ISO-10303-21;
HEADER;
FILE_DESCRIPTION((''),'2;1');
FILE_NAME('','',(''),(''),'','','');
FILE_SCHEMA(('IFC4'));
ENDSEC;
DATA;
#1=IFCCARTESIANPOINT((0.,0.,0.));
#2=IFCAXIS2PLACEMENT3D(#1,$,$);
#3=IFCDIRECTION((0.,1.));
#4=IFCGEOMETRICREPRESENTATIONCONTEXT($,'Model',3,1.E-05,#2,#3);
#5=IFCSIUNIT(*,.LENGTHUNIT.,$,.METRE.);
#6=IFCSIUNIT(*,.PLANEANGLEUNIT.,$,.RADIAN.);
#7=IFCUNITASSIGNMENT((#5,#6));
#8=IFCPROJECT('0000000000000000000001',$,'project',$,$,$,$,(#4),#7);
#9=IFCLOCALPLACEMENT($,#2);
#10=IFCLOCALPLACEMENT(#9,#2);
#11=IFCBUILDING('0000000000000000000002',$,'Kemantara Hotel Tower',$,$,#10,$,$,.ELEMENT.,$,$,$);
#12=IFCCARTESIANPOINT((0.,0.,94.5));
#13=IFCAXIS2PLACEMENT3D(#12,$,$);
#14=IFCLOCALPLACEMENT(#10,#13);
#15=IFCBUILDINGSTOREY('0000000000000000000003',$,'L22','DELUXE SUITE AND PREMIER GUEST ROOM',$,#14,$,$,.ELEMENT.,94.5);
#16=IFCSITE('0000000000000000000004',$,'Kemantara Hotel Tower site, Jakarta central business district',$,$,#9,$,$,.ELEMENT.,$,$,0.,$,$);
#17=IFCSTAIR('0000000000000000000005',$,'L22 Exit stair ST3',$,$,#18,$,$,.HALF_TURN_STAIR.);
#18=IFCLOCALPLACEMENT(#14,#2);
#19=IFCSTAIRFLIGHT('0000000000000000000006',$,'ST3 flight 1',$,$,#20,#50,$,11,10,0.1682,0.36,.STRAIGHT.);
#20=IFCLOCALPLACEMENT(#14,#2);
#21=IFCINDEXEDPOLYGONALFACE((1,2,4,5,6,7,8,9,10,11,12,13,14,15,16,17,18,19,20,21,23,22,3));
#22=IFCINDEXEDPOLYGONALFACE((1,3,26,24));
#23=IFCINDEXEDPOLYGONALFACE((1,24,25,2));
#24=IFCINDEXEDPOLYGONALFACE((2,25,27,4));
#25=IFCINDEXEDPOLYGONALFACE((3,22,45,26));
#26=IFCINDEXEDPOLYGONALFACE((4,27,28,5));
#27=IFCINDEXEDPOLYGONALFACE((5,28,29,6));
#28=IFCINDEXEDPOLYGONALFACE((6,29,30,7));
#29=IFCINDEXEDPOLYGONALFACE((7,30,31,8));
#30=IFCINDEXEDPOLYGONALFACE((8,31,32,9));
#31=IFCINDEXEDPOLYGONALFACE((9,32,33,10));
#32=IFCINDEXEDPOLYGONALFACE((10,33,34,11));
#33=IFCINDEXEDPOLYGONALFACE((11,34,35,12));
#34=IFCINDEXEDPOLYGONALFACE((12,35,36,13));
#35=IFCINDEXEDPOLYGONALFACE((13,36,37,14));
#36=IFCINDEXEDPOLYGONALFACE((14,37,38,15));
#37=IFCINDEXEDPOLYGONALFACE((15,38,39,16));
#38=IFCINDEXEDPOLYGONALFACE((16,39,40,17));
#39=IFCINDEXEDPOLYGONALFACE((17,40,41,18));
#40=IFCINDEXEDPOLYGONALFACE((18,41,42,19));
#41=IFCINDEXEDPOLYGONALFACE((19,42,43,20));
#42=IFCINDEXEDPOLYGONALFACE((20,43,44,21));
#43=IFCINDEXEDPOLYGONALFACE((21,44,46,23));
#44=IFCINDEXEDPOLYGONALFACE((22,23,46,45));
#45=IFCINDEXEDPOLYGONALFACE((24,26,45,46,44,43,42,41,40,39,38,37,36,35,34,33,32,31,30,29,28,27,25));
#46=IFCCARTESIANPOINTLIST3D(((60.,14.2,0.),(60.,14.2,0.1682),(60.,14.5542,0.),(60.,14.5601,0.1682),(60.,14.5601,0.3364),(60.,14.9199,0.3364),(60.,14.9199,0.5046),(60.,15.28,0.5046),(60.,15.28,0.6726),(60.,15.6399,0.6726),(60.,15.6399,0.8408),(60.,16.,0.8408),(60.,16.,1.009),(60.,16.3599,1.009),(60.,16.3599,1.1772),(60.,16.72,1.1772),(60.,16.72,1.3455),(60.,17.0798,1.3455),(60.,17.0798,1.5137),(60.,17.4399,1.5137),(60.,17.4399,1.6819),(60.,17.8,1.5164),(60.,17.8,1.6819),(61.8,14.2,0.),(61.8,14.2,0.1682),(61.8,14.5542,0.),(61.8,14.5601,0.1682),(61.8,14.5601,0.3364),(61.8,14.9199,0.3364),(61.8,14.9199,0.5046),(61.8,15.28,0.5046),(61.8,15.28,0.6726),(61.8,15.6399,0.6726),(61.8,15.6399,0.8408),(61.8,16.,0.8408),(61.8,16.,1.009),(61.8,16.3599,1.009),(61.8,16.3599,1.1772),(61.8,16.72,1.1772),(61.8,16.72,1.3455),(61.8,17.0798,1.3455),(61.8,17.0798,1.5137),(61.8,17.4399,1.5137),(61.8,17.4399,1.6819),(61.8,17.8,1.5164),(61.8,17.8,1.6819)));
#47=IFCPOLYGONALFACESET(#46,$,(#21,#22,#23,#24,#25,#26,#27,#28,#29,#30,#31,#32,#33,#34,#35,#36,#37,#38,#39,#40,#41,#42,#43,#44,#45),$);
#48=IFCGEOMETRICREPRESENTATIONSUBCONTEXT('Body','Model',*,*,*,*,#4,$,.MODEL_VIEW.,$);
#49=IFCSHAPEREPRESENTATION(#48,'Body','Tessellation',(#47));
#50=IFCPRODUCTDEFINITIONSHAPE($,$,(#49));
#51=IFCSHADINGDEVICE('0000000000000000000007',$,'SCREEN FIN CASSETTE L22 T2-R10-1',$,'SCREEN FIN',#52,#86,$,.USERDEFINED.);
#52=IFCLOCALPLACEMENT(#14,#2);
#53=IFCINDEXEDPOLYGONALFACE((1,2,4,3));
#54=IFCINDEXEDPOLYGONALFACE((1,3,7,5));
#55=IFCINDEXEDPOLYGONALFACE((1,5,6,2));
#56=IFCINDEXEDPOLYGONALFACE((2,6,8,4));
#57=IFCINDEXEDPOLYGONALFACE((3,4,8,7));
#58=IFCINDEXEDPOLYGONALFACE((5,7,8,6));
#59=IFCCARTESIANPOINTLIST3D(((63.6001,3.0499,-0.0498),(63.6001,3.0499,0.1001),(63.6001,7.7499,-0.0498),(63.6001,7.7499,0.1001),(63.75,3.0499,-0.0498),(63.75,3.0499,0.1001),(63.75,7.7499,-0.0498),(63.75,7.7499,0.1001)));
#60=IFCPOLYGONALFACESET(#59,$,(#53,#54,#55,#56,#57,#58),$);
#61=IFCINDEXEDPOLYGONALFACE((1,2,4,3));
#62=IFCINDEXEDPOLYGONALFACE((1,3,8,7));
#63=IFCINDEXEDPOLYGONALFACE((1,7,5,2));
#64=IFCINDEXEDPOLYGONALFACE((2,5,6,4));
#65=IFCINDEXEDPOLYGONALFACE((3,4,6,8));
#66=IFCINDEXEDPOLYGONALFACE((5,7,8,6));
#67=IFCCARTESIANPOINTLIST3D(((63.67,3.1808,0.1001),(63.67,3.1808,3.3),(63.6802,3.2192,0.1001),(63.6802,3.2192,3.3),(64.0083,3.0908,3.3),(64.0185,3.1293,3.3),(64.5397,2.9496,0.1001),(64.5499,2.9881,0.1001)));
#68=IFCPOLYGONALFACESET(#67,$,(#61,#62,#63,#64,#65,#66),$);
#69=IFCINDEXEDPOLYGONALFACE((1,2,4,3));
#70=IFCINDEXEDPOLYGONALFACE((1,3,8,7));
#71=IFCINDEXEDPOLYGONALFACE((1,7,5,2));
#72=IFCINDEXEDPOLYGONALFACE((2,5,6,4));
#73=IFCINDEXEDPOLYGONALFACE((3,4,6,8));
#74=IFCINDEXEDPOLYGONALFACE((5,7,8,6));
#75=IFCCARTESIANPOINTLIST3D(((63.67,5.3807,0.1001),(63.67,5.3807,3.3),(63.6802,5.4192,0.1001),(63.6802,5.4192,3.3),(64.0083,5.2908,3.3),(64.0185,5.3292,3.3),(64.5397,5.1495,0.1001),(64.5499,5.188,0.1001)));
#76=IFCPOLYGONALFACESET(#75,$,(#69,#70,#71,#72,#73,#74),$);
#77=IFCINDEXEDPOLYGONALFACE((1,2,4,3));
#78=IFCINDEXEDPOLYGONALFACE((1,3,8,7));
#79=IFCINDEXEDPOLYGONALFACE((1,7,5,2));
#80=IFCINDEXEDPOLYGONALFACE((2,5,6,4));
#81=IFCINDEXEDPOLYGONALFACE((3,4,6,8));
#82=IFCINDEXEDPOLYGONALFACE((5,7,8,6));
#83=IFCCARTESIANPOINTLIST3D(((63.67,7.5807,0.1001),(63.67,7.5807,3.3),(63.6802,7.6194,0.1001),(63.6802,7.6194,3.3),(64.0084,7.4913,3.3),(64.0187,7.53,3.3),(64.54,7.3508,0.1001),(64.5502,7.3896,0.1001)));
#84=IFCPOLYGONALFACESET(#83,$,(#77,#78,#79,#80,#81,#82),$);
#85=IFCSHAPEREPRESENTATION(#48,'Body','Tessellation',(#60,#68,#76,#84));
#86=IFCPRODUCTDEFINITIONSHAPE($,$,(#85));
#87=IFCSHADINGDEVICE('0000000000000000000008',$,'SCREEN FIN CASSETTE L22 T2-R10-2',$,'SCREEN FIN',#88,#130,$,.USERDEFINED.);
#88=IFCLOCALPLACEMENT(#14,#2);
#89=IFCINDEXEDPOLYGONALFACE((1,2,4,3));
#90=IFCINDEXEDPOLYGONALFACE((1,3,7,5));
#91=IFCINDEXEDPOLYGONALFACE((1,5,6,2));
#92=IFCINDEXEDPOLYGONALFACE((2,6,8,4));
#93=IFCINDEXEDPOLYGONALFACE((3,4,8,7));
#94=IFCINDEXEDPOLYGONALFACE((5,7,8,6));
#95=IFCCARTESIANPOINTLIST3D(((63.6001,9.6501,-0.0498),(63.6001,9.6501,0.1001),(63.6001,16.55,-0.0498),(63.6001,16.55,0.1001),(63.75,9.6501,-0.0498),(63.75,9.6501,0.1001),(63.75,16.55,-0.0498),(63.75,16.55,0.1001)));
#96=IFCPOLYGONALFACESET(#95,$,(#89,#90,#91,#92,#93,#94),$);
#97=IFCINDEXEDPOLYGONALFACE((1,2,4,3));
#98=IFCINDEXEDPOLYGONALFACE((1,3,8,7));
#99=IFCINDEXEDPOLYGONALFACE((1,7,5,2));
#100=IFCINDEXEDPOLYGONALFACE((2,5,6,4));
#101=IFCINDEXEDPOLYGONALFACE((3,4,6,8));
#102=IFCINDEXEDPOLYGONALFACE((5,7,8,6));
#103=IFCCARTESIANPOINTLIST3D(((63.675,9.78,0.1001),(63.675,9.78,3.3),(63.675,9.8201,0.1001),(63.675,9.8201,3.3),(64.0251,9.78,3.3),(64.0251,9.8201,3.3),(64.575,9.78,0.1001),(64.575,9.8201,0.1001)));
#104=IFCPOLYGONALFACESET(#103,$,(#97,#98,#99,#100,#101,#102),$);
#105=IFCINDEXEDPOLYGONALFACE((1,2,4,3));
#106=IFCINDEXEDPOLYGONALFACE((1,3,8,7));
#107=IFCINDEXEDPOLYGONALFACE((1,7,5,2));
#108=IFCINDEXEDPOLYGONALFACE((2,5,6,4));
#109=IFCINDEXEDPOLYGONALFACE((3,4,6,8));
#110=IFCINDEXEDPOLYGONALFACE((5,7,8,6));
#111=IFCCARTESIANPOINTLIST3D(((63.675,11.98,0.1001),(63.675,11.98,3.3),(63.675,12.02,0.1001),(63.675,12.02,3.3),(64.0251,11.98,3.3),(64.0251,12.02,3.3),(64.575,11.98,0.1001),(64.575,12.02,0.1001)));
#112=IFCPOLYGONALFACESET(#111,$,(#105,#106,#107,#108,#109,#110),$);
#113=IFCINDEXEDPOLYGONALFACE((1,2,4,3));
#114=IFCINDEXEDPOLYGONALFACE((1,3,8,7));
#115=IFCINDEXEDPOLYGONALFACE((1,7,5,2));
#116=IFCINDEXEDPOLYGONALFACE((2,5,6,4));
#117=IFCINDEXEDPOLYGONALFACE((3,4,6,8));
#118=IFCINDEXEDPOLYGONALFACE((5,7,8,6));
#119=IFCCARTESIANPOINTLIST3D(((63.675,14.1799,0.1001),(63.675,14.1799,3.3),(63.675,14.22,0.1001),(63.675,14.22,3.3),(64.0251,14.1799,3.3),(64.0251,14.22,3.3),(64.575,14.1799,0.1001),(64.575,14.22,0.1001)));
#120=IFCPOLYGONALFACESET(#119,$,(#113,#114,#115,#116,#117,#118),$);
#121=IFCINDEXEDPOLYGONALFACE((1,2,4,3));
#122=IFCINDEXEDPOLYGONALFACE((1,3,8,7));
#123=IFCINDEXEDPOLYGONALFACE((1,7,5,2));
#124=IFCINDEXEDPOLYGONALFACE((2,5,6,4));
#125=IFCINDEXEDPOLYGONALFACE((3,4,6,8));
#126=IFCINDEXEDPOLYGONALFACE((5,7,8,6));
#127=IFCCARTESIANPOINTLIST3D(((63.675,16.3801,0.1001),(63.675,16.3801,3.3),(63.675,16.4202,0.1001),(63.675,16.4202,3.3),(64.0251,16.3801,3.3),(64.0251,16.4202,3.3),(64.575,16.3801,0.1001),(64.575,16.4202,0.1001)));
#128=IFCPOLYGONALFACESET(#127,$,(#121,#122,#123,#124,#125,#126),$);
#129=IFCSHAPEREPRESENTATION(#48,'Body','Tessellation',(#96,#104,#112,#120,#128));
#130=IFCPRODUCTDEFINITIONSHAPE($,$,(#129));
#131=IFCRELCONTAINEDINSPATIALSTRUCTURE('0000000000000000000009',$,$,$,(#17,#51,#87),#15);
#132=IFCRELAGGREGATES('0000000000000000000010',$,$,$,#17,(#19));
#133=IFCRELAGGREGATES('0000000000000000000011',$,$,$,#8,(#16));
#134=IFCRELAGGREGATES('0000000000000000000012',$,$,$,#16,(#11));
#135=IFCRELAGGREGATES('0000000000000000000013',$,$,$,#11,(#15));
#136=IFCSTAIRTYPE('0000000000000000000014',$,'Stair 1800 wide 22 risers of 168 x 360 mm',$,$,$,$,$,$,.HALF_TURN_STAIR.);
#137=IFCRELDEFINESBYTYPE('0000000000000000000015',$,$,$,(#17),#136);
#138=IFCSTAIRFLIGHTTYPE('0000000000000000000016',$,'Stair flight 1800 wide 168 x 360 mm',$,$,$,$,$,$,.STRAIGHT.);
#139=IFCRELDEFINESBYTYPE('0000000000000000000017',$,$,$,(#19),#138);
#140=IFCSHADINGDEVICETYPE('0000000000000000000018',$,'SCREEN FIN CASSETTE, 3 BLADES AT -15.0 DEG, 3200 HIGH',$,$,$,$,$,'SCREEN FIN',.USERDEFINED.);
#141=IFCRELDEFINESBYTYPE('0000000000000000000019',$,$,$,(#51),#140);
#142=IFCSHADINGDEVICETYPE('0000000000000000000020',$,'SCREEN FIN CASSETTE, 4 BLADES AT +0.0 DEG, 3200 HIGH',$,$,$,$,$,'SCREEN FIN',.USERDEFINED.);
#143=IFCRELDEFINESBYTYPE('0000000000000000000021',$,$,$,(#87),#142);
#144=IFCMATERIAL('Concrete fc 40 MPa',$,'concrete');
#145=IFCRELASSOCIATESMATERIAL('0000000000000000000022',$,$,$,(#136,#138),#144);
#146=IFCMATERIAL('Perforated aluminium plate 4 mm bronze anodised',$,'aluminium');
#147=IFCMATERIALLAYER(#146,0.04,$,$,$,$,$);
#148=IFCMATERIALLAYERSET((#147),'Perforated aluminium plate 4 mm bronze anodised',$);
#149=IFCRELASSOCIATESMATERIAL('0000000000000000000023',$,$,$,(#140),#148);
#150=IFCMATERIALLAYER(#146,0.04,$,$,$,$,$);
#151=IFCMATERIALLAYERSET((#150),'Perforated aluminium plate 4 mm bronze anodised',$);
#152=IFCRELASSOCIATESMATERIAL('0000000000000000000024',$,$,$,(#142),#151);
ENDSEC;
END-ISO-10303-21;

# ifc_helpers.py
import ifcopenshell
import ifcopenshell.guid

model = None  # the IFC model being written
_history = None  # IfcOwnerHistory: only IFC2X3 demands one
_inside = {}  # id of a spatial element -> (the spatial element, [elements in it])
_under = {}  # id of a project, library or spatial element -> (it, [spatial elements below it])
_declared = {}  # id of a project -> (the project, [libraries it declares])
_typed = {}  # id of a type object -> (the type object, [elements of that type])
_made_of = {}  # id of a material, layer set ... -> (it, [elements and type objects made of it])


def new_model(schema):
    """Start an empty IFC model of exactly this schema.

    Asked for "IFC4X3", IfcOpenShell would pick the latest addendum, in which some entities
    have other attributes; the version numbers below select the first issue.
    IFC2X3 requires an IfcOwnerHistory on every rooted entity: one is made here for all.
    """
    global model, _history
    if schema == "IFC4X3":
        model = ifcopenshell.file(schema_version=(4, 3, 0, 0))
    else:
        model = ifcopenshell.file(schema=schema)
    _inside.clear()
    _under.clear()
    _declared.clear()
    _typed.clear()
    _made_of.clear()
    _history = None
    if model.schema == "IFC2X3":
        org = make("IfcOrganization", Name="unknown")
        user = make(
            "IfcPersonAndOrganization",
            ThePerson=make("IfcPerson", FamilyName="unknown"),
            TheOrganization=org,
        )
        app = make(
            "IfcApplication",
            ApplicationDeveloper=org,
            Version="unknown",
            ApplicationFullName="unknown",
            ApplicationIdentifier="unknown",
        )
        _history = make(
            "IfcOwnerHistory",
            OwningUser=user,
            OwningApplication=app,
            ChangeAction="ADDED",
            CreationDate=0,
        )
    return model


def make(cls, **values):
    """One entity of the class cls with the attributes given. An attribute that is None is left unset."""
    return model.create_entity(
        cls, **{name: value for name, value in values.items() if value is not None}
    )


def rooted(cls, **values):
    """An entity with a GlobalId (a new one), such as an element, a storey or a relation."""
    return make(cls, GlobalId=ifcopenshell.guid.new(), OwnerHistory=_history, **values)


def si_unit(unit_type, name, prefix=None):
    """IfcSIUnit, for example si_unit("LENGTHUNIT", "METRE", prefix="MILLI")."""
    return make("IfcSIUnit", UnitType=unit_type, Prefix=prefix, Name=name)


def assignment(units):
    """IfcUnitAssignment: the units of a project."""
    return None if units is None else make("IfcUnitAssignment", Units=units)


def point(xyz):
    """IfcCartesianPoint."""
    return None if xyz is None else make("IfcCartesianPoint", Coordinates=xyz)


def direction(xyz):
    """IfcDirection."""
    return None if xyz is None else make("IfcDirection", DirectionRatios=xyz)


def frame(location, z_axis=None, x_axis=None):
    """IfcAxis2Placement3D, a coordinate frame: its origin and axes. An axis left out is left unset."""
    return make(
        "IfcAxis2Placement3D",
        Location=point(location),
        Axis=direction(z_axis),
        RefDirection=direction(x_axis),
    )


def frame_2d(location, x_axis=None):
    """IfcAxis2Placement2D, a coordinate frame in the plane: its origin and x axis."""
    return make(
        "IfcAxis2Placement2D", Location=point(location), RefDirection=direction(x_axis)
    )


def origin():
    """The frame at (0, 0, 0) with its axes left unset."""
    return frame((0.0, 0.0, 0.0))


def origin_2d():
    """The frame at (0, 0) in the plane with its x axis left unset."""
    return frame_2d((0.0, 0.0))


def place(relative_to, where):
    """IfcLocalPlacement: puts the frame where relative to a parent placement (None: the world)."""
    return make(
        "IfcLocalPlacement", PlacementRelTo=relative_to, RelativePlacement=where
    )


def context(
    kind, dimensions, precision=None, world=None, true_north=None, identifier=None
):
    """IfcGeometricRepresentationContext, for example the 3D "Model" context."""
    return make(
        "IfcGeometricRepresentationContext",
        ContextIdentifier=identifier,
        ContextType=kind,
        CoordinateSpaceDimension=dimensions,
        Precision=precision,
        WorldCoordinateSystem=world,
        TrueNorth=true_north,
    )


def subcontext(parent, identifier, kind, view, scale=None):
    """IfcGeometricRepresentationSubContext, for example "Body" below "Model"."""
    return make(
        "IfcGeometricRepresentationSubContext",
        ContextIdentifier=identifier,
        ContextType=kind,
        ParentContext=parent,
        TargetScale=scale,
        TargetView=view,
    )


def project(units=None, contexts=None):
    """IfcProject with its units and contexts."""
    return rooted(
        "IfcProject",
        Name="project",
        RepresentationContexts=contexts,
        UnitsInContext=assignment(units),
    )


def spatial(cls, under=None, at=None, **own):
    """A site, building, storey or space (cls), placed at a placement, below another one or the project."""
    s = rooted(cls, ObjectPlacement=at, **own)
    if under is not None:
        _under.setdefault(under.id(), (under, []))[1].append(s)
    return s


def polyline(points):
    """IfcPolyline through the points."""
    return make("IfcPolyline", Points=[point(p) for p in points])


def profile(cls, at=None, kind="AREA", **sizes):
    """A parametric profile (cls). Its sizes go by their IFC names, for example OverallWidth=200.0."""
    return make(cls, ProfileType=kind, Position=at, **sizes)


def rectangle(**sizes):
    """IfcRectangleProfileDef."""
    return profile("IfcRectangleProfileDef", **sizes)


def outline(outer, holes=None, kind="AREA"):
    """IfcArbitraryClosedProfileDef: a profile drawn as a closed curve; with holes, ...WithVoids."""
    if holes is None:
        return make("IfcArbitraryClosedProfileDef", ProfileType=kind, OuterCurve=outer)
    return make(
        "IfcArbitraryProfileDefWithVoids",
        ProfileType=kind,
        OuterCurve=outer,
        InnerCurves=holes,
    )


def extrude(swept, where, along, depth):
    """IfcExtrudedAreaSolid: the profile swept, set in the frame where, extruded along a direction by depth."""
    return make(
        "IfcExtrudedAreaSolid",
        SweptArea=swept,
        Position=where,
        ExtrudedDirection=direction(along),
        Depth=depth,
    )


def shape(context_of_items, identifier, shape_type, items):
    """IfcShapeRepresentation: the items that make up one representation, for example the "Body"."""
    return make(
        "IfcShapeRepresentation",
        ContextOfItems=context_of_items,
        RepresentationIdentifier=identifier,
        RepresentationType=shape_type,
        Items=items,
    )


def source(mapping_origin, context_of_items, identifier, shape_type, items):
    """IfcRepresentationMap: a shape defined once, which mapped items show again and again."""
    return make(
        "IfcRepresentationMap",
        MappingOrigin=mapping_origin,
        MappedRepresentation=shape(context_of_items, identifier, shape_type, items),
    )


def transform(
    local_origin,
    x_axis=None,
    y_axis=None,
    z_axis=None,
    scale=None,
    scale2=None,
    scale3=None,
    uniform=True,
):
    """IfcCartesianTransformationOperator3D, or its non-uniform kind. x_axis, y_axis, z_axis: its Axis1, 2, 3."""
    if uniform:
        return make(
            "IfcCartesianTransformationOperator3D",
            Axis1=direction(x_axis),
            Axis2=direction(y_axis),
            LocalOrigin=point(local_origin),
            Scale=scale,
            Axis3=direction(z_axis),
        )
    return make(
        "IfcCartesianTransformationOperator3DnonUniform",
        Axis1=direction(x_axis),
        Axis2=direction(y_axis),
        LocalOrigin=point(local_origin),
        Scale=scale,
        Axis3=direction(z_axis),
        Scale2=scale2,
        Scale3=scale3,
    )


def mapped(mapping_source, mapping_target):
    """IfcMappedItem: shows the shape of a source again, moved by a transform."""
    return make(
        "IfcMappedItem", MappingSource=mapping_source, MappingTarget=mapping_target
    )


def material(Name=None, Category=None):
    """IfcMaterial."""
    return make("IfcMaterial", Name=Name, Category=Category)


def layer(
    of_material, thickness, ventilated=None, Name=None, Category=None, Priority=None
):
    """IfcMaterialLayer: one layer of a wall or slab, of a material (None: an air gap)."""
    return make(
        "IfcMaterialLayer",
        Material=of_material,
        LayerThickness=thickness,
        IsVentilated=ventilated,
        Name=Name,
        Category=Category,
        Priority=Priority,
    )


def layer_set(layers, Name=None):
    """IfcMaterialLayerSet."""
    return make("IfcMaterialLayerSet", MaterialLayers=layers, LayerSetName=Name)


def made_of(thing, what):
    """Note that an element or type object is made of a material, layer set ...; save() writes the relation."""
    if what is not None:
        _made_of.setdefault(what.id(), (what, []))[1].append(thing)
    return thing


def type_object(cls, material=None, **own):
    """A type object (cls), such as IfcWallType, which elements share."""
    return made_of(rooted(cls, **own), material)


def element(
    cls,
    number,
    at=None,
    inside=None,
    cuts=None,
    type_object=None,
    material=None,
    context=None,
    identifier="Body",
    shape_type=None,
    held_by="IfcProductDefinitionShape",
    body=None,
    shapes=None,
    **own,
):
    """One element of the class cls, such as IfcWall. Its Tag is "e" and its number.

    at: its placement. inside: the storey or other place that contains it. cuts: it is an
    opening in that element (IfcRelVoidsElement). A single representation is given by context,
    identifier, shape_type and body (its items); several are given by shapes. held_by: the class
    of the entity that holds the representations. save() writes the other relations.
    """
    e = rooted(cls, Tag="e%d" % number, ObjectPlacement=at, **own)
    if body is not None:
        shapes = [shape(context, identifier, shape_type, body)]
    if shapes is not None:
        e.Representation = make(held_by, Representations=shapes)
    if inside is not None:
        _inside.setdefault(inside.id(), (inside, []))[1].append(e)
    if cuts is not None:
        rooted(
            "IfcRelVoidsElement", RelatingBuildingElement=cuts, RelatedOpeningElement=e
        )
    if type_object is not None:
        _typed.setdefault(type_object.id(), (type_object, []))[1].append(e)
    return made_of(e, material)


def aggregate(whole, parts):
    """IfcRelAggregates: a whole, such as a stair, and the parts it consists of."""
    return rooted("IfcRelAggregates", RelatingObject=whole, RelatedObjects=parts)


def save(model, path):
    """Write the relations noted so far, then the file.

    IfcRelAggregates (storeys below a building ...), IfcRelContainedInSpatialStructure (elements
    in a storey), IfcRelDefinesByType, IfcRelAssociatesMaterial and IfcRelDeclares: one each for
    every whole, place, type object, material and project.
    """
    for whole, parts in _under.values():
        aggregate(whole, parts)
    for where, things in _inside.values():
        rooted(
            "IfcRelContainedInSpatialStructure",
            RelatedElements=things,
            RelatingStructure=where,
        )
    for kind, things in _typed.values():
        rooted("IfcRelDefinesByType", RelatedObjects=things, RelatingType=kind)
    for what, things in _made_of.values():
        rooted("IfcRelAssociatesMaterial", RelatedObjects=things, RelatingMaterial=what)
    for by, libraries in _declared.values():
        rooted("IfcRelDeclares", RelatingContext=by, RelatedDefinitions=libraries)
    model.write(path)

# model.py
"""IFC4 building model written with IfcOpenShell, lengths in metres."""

from ifc_helpers import new_model, si_unit, direction, frame, origin, origin_2d, place, context, subcontext, project, spatial, polyline, rectangle, outline, extrude, source, transform, mapped, material, layer, layer_set, type_object, element, aggregate, save


model = new_model("IFC4")

# Units and contexts
model_context = context("Model", 3, precision=1e-05, world=origin(), true_north=direction((0.0, 1.0)))
body_context = subcontext(model_context, "Body", "Model", "MODEL_VIEW")
ifc_project = project(units=[si_unit("LENGTHUNIT", "METRE"), si_unit("PLANEANGLEUNIT", "RADIAN")], contexts=[model_context])

# Site, building, storey
site_placement = place(None, origin())
site = spatial("IfcSite", under=ifc_project, at=site_placement, Name="Kemantara Hotel Tower site, Jakarta central business district", CompositionType="ELEMENT", RefElevation=0.0)
building_placement = place(site_placement, origin())
building = spatial("IfcBuilding", under=site, at=building_placement, Name="Kemantara Hotel Tower", CompositionType="ELEMENT")
storey_placement = place(building_placement, frame((0.0, 0.0, 94.5)))
storey = spatial("IfcBuildingStorey", under=building, at=storey_placement, Name="L22", Description="DELUXE SUITE AND PREMIER GUEST ROOM", CompositionType="ELEMENT", Elevation=94.5)

# Shared definitions
ifc_material_1 = material(Name="Concrete fc 40 MPa", Category="concrete")

# Stair, stair flight
stair_type = type_object("IfcStairType", Name="Stair 1800 wide 22 risers of 168 x 360 mm", PredefinedType="HALF_TURN_STAIR", material=ifc_material_1)
stair_placement = place(storey_placement, origin())
stair = element("IfcStair", 1, at=stair_placement, inside=storey, type_object=stair_type, Name="L22 Exit stair ST3", PredefinedType="HALF_TURN_STAIR")
stair_flight_type = type_object("IfcStairFlightType", Name="Stair flight 1800 wide 168 x 360 mm", PredefinedType="STRAIGHT", material=ifc_material_1)
stair_flight_placement = place(storey_placement, frame((60.8999, 14.2, 0.0), z_axis=(0.0, 0.0, 1.0), x_axis=(0.0, 1.0, 0.0)))
stair_flight = element("IfcStairFlight", 2, at=stair_flight_placement, type_object=stair_flight_type, Name="ST3 flight 1", NumberOfRisers=11, NumberOfTreads=10, PredefinedType="STRAIGHT", RiserHeight=0.1682, TreadLength=0.36, context=body_context, shape_type="SweptSolid", body=[
    extrude(outline(polyline([(0.0, 0.0), (0.0, 0.1682), (0.3601, 0.1682), (0.3601, 0.3364), (0.72, 0.3364), (0.72, 0.5046), (1.0801, 0.5046), (1.0801, 0.6726), (1.4399, 0.6726), (1.4399, 0.8408), (1.8, 0.8408), (1.8, 1.009), (2.1599, 1.009), (2.1599, 1.1772), (2.52, 1.1772), (2.52, 1.3455), (2.8799, 1.3455), (2.8799, 1.5137), (3.24, 1.5137), (3.24, 1.6819), (3.6001, 1.6819), (3.6001, 1.8501), (3.6001, 1.5164), (0.3542, 0.0), (0.0, 0.0)])), frame((0.0, 0.8999, 0.0), z_axis=(0.0, -1.0, 0.0), x_axis=(1.0, 0.0, 0.0)), (0.0, 0.0, 1.0), 1.8),
])
aggregate(stair, [stair_flight])

# Shading devices
ifc_material_2 = material(Name="Perforated aluminium plate 4 mm bronze anodised", Category="aluminium")
ifc_layer_1 = layer(ifc_material_2, 0.04)
ifc_layer_set_1 = layer_set([ifc_layer_1], Name="Perforated aluminium plate 4 mm bronze anodised")
shading_device_type_1 = type_object("IfcShadingDeviceType", Name="SCREEN FIN CASSETTE, 3 BLADES AT -15.0 DEG, 3200 HIGH", ElementType="SCREEN FIN", PredefinedType="USERDEFINED", material=ifc_layer_set_1)
shared_shape_1 = source(origin(), body_context, "Body", "SweptSolid", [
    extrude(rectangle(XDim=4.7, YDim=0.1499, at=origin_2d()), frame((2.2, -0.075, -0.1499), z_axis=(0.0, 0.0, 1.0), x_axis=(1.0, 0.0, 0.0)), (0.0, 0.0, 1.0), 0.1499),
    extrude(outline(polyline([(0.0, 0.0), (0.8999, 0.0), (0.3501, 3.2), (0.0, 3.2), (0.0, 0.0)])), frame((0.0193, -0.0801, 0.0), z_axis=(-0.966438, 0.256901, 0.0), x_axis=(-0.256901, -0.966438, 0.0)), (0.0, 0.0, 1.0), 0.0398),
    extrude(outline(polyline([(0.0, 0.0), (0.8999, 0.0), (0.3501, 3.2), (0.0, 3.2), (0.0, 0.0)])), frame((2.2192, -0.0801, 0.0), z_axis=(-0.966438, 0.256901, 0.0), x_axis=(-0.256901, -0.966438, 0.0)), (0.0, 0.0, 1.0), 0.0398),
    extrude(outline(polyline([(0.0, 0.0), (0.8999, 0.0), (0.3501, 3.2), (0.0, 3.2), (0.0, 0.0)])), frame((4.4194, -0.0801, 0.0), z_axis=(-0.966838, 0.255391, 0.0), x_axis=(-0.255391, -0.966838, 0.0)), (0.0, 0.0, 1.0), 0.04),
])
shading_device_1_placement = place(storey_placement, frame((63.6001, 3.2, 0.1001), z_axis=(0.0, 0.0, 1.0), x_axis=(0.0, 1.0, 0.0)))
element("IfcShadingDevice", 3, at=shading_device_1_placement, inside=storey, type_object=shading_device_type_1, Name="SCREEN FIN CASSETTE L22 T2-R10-1", ObjectType="SCREEN FIN", PredefinedType="USERDEFINED", context=body_context, shape_type="MappedRepresentation", body=[
    mapped(shared_shape_1, transform((0.0, 0.0, 0.0))),
])
ifc_layer_2 = layer(ifc_material_2, 0.04)
ifc_layer_set_2 = layer_set([ifc_layer_2], Name="Perforated aluminium plate 4 mm bronze anodised")
shading_device_type_2 = type_object("IfcShadingDeviceType", Name="SCREEN FIN CASSETTE, 4 BLADES AT +0.0 DEG, 3200 HIGH", ElementType="SCREEN FIN", PredefinedType="USERDEFINED", material=ifc_layer_set_2)
shared_shape_2 = source(origin(), body_context, "Body", "SweptSolid", [
    extrude(rectangle(XDim=6.8999, YDim=0.1499, at=origin_2d()), frame((3.3, -0.075, -0.1499), z_axis=(0.0, 0.0, 1.0), x_axis=(1.0, 0.0, 0.0)), (0.0, 0.0, 1.0), 0.1499),
    extrude(outline(polyline([(0.0, 0.0), (0.8999, 0.0), (0.3501, 3.2), (0.0, 3.2), (0.0, 0.0)])), frame((0.02, -0.075, 0.0), z_axis=(-1.0, 0.0, 0.0), x_axis=(0.0, -1.0, 0.0)), (0.0, 0.0, 1.0), 0.04),
    extrude(outline(polyline([(0.0, 0.0), (0.8999, 0.0), (0.3501, 3.2), (0.0, 3.2), (0.0, 0.0)])), frame((2.22, -0.075, 0.0), z_axis=(-1.0, 0.0, 0.0), x_axis=(0.0, -1.0, 0.0)), (0.0, 0.0, 1.0), 0.04),
    extrude(outline(polyline([(0.0, 0.0), (0.8999, 0.0), (0.3501, 3.2), (0.0, 3.2), (0.0, 0.0)])), frame((4.4199, -0.075, 0.0), z_axis=(-1.0, 0.0, 0.0), x_axis=(0.0, -1.0, 0.0)), (0.0, 0.0, 1.0), 0.04),
    extrude(outline(polyline([(0.0, 0.0), (0.8999, 0.0), (0.3501, 3.2), (0.0, 3.2), (0.0, 0.0)])), frame((6.6201, -0.075, 0.0), z_axis=(-1.0, 0.0, 0.0), x_axis=(0.0, -1.0, 0.0)), (0.0, 0.0, 1.0), 0.04),
])
shading_device_2_placement = place(storey_placement, frame((63.6001, 9.8, 0.1001), z_axis=(0.0, 0.0, 1.0), x_axis=(0.0, 1.0, 0.0)))
element("IfcShadingDevice", 4, at=shading_device_2_placement, inside=storey, type_object=shading_device_type_2, Name="SCREEN FIN CASSETTE L22 T2-R10-2", ObjectType="SCREEN FIN", PredefinedType="USERDEFINED", context=body_context, shape_type="MappedRepresentation", body=[
    mapped(shared_shape_2, transform((0.0, 0.0, 0.0))),
])

save(model, "model.ifc")
